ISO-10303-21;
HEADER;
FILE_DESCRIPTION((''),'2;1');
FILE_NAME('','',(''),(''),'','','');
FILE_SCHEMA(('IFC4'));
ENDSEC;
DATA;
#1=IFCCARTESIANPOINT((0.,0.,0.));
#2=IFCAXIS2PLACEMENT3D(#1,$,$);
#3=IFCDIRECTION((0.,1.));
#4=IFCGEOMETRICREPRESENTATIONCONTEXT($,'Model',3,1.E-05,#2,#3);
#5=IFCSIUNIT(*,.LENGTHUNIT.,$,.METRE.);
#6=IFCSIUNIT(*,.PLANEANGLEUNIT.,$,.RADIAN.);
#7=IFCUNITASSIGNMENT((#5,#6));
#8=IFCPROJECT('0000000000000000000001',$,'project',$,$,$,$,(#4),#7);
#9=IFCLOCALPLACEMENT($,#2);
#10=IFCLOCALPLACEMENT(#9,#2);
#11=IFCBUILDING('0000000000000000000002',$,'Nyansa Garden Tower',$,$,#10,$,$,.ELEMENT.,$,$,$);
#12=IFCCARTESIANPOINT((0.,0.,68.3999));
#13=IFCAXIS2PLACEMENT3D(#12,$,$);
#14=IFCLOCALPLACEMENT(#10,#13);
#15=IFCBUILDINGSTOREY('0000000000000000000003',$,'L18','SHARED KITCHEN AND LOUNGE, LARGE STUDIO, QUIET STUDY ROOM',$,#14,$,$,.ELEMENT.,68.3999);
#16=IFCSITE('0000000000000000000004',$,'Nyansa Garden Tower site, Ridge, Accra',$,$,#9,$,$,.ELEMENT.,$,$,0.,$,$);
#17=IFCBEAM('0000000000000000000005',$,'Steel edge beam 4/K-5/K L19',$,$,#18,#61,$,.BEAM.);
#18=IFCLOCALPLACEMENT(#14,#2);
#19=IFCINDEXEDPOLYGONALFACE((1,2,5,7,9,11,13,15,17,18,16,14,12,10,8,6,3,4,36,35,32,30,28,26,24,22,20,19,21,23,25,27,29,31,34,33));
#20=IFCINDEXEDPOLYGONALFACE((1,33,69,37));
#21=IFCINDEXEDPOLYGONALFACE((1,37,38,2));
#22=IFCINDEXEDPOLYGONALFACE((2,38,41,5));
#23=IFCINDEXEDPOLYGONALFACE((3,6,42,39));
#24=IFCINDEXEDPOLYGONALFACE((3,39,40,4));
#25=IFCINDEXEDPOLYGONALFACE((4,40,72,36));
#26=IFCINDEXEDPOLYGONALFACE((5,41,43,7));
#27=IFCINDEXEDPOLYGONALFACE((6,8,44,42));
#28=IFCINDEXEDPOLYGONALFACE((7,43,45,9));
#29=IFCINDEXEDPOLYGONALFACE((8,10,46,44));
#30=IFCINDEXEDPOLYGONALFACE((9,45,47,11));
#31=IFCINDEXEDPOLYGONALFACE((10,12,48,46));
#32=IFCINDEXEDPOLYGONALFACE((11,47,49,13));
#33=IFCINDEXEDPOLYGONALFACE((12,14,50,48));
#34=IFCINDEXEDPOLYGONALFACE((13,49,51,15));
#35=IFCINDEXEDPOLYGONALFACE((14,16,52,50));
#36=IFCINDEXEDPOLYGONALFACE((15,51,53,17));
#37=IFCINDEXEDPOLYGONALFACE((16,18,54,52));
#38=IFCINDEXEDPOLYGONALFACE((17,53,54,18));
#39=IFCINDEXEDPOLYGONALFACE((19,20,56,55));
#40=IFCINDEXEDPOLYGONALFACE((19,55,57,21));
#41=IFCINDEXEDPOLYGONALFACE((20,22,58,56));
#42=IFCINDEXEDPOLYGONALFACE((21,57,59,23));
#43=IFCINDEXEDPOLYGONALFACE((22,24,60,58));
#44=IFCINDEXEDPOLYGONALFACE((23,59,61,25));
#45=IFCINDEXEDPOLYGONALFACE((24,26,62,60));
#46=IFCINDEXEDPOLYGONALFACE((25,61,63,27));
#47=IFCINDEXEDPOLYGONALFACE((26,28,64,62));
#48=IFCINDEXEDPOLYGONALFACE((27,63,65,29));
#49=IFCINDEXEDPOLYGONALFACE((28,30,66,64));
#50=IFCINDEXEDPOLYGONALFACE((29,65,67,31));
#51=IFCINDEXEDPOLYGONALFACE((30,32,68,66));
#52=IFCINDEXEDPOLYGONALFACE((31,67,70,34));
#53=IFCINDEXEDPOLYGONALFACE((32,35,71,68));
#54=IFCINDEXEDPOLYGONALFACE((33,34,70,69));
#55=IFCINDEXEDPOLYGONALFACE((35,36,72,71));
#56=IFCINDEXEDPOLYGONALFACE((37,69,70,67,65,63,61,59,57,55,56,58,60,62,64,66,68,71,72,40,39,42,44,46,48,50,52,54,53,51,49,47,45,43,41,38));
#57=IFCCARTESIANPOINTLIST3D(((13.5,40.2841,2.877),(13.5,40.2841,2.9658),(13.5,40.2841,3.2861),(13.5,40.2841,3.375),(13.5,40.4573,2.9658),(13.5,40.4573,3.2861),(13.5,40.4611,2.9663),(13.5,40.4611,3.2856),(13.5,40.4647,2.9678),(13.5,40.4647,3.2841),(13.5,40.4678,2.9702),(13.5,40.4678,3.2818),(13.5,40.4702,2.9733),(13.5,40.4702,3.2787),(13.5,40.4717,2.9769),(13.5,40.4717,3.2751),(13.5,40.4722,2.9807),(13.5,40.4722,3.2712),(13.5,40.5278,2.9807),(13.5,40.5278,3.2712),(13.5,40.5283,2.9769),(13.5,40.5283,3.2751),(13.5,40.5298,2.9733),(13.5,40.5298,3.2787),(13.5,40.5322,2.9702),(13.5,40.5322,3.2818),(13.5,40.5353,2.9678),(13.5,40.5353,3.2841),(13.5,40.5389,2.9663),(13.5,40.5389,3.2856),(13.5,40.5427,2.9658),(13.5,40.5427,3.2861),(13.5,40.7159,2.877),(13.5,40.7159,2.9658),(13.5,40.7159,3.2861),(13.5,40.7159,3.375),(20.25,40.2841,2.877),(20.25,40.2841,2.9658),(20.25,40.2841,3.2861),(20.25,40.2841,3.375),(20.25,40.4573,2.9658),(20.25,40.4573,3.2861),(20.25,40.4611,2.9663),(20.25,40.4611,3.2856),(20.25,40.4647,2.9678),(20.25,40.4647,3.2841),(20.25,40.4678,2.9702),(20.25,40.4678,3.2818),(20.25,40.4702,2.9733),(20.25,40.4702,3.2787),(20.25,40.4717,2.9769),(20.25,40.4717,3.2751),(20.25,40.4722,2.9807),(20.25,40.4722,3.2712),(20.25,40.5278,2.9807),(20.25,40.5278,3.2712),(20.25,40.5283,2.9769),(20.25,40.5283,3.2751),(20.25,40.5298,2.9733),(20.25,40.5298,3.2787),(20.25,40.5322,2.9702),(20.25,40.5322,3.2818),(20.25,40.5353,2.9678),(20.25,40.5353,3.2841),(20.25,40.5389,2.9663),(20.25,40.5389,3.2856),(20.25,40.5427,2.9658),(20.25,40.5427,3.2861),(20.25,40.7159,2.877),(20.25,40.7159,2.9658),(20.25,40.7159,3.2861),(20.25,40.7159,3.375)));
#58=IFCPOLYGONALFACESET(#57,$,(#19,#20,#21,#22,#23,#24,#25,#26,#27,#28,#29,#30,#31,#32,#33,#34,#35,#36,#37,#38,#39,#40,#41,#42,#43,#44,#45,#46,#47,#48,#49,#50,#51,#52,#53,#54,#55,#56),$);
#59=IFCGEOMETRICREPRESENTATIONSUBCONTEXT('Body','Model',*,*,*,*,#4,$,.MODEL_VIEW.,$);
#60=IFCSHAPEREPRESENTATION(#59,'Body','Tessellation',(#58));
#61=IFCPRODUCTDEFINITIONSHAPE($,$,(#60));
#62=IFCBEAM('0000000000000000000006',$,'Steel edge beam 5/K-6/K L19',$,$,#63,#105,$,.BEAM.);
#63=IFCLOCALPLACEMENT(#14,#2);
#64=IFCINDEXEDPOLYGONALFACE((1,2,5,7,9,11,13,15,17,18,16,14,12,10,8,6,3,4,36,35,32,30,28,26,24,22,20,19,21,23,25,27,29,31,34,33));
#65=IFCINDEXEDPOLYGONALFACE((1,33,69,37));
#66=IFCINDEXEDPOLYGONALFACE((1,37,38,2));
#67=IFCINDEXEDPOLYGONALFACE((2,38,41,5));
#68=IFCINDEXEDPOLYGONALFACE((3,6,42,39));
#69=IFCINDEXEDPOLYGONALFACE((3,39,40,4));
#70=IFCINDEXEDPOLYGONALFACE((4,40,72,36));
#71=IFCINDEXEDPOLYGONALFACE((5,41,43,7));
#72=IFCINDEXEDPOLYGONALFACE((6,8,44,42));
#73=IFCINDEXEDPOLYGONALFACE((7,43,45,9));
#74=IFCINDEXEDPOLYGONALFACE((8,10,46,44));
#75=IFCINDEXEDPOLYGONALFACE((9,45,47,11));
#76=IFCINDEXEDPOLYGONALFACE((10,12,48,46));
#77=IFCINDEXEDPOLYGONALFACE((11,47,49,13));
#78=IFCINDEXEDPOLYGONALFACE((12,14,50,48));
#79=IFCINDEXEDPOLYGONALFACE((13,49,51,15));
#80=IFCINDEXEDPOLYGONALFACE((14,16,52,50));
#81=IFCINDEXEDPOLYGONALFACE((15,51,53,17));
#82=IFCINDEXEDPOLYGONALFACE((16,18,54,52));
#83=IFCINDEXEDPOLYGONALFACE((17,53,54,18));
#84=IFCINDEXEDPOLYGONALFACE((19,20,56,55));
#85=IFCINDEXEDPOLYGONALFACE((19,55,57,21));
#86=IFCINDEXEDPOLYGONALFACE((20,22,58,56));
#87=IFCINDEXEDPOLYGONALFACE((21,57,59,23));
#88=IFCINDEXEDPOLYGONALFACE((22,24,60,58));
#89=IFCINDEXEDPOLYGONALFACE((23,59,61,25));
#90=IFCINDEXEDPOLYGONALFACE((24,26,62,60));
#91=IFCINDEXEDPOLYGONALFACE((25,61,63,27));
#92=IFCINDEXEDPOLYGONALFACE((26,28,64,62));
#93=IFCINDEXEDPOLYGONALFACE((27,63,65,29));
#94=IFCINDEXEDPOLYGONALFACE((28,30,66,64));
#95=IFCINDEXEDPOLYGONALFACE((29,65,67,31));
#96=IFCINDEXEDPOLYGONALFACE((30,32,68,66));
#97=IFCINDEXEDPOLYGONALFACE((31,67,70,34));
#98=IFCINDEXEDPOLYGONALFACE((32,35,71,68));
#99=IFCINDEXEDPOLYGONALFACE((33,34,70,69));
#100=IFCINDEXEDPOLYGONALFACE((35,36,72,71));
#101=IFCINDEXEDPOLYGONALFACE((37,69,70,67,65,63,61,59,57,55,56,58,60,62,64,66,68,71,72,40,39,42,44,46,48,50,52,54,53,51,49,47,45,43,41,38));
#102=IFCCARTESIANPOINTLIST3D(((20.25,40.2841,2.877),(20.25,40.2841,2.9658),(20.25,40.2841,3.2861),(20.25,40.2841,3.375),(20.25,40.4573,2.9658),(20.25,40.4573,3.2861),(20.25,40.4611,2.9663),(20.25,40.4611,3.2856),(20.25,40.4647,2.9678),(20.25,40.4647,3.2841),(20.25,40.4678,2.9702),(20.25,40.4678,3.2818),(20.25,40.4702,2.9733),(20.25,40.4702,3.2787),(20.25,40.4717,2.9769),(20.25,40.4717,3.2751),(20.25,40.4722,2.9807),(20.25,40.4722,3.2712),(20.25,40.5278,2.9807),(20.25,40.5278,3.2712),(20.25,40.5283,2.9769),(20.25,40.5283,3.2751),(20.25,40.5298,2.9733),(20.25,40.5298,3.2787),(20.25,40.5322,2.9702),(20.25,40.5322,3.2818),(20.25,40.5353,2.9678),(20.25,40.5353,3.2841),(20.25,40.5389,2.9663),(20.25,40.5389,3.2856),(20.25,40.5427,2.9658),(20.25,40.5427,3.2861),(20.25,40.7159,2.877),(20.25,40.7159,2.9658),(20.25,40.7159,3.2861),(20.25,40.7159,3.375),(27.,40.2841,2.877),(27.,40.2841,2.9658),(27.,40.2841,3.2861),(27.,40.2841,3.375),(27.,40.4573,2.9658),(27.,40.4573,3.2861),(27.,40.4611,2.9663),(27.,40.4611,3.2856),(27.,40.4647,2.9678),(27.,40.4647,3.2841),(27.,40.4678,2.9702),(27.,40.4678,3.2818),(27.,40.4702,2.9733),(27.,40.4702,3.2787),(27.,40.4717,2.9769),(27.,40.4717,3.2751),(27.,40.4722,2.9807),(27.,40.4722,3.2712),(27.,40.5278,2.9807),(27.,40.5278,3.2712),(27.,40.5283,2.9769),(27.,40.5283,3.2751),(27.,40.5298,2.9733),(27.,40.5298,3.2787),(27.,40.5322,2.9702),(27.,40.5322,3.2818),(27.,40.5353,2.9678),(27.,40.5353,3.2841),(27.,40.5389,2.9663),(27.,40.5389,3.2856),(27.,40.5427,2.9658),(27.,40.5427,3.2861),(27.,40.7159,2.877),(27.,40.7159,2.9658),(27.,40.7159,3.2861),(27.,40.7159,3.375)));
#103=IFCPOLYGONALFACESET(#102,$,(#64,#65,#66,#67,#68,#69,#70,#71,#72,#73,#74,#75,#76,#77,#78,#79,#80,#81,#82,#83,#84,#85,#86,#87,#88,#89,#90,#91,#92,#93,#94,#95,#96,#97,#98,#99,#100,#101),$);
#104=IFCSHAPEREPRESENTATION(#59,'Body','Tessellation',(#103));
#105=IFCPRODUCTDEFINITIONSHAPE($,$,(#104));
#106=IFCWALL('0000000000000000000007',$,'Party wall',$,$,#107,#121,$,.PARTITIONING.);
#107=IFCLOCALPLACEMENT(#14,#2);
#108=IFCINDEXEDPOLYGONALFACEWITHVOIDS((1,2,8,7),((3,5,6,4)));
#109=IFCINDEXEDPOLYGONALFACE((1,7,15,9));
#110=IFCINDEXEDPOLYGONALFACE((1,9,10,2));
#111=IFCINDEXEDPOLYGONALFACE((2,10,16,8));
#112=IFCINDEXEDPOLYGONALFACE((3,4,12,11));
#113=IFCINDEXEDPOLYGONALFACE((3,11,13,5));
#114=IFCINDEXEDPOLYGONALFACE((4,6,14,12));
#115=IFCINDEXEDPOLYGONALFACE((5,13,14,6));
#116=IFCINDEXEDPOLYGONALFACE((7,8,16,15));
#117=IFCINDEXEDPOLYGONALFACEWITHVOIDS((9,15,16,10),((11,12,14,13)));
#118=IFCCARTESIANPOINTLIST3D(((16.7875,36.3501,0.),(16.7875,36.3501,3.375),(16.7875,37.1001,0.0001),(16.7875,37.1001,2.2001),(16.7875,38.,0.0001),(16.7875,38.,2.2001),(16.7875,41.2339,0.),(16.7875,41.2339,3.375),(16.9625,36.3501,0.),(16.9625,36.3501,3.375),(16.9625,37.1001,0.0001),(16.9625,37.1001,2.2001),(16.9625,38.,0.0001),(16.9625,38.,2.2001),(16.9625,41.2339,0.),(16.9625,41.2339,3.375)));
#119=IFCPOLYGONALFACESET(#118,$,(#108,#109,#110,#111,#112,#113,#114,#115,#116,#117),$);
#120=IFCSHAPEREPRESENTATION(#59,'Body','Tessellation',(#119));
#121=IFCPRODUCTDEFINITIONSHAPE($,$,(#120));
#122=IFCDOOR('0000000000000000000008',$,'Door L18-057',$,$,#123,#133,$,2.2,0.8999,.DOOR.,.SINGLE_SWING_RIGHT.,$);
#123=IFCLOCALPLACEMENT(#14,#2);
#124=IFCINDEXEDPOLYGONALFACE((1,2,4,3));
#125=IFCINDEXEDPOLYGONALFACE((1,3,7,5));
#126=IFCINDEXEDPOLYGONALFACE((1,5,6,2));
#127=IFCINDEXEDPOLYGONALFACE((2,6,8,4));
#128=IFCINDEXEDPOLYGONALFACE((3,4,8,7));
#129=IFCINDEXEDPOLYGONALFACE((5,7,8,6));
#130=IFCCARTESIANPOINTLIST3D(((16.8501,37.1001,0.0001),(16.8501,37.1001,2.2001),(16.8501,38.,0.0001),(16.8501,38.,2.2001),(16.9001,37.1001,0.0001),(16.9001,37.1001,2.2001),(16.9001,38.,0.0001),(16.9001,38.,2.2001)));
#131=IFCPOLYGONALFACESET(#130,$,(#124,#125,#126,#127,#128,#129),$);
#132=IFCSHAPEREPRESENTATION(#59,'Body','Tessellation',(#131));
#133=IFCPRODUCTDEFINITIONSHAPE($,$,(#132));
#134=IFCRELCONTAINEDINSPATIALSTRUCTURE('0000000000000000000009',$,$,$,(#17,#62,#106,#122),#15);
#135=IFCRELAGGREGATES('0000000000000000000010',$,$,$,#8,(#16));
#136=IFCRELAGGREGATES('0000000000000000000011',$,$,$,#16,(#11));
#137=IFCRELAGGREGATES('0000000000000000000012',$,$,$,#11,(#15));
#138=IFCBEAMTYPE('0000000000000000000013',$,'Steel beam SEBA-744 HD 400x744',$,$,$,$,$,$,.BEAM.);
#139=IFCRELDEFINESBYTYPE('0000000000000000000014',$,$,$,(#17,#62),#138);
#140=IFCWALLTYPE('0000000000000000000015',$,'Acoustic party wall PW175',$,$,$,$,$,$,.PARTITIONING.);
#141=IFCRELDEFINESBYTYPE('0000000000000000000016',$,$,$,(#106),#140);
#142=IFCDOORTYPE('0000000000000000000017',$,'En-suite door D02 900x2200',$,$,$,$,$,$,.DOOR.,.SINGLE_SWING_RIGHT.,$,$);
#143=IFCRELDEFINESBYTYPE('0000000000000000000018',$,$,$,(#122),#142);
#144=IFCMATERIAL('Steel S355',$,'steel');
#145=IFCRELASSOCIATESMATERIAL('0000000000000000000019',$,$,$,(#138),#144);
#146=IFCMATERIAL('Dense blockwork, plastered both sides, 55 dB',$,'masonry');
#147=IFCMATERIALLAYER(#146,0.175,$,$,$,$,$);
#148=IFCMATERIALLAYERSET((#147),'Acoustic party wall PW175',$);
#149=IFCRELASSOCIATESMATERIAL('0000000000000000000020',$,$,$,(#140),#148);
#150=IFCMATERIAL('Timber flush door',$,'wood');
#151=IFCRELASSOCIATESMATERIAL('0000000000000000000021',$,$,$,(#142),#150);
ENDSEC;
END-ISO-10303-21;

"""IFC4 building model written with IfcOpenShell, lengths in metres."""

from ifc_helpers import new_model, si_unit, direction, frame, frame_2d, origin, origin_2d, place, context, subcontext, project, spatial, rectangle, i_section, extrude, material, layer, layer_set, material_profile, profile_set, type_object, element, fill, save


model = new_model("IFC4")

# Units and contexts
model_context = context("Model", 3, precision=1e-05, world=origin(), true_north=direction((0.0, 1.0)))
body_context = subcontext(model_context, "Body", "Model", "MODEL_VIEW")
ifc_project = project(units=[si_unit("LENGTHUNIT", "METRE"), si_unit("PLANEANGLEUNIT", "RADIAN")], contexts=[model_context])

# Site, building, storey
site_placement = place(None, origin())
site = spatial("IfcSite", under=ifc_project, at=site_placement, Name="Nyansa Garden Tower site, Ridge, Accra", CompositionType="ELEMENT", RefElevation=0.0)
building_placement = place(site_placement, origin())
building = spatial("IfcBuilding", under=site, at=building_placement, Name="Nyansa Garden Tower", CompositionType="ELEMENT")
storey_placement = place(building_placement, frame((0.0, 0.0, 68.3999)))
storey = spatial("IfcBuildingStorey", under=building, at=storey_placement, Name="L18", Description="SHARED KITCHEN AND LOUNGE, LARGE STUDIO, QUIET STUDY ROOM", CompositionType="ELEMENT", Elevation=68.3999)

# Beams
ifc_material_1 = material(Name="Steel S355", Category="steel")
ifc_material_profile_1 = material_profile(ifc_material_1, i_section(OverallWidth=0.4319, OverallDepth=0.498, WebThickness=0.0557, FlangeThickness=0.0889, FilletRadius=0.0149, at=origin_2d()), Name="HD 400x744")
ifc_profile_set_1 = profile_set([ifc_material_profile_1], Name="Steel S355")
beam_type_1 = type_object("IfcBeamType", Name="Steel beam SEBA-744 HD 400x744", PredefinedType="BEAM", material=ifc_profile_set_1)
for number, where, z_axis, x_axis, name in (
    (1, (13.5, 40.5, 3.126), (1.0, 0.0, 0.0), (0.0, 1.0, 0.0), "Steel edge beam 4/K-5/K L19"),
    (2, (20.25, 40.5, 3.126), (1.0, 0.0, 0.0), (0.0, 1.0, 0.0), "Steel edge beam 5/K-6/K L19"),
):
    element("IfcBeam", number, at=place(storey_placement, frame(where, z_axis=z_axis, x_axis=x_axis)), inside=storey, type_object=beam_type_1, Name=name, PredefinedType="BEAM", context=body_context, shape_type="SweptSolid", body=[
        extrude(i_section(OverallWidth=0.4319, OverallDepth=0.498, WebThickness=0.0557, FlangeThickness=0.0889, FilletRadius=0.0149, at=origin_2d()), origin(), (0.0, 0.0, 1.0), 6.75),
    ])

# Wall, opening, door
ifc_material_2 = material(Name="Dense blockwork, plastered both sides, 55 dB", Category="masonry")
ifc_layer_1 = layer(ifc_material_2, 0.175)
ifc_layer_set_1 = layer_set([ifc_layer_1], Name="Acoustic party wall PW175")
wall_type_1 = type_object("IfcWallType", Name="Acoustic party wall PW175", PredefinedType="PARTITIONING", material=ifc_layer_set_1)
wall_1_placement = place(storey_placement, frame((16.875, 36.3501, 0.0), z_axis=(0.0, 0.0, 1.0), x_axis=(0.0, 1.0, 0.0)))
wall_1 = element("IfcWall", 3, at=wall_1_placement, inside=storey, type_object=wall_type_1, Name="Party wall", PredefinedType="PARTITIONING", context=body_context, shape_type="SweptSolid", body=[
    extrude(rectangle(XDim=4.8838, YDim=0.175, at=frame_2d((2.4419, 0.0))), origin(), (0.0, 0.0, 1.0), 3.375),
])
opening_1_placement = place(wall_1_placement, frame((0.75, 0.0, 0.0)))
opening_1 = element("IfcOpeningElement", 4, at=opening_1_placement, cuts=wall_1, PredefinedType="OPENING", context=body_context, shape_type="SweptSolid", body=[
    extrude(rectangle(XDim=0.8999, YDim=2.2, at=frame_2d((0.45, 1.1001))), frame((0.0, 0.0974, 0.0), z_axis=(0.0, -1.0, 0.0), x_axis=(1.0, 0.0, 0.0)), (0.0, 0.0, 1.0), 0.1951),
])
ifc_material_3 = material(Name="Timber flush door", Category="wood")
door_type_1 = type_object("IfcDoorType", Name="En-suite door D02 900x2200", OperationType="SINGLE_SWING_RIGHT", PredefinedType="DOOR", material=ifc_material_3)
door_1_placement = place(opening_1_placement, origin())
door_1 = element("IfcDoor", 5, at=door_1_placement, inside=storey, type_object=door_type_1, Name="Door L18-057", OperationType="SINGLE_SWING_RIGHT", OverallHeight=2.2, OverallWidth=0.8999, PredefinedType="DOOR", context=body_context, shape_type="SweptSolid", body=[
    extrude(rectangle(XDim=0.8999, YDim=2.2, at=frame_2d((0.45, 1.1001))), frame((0.0, 0.0249, 0.0), z_axis=(0.0, -1.0, 0.0), x_axis=(1.0, 0.0, 0.0)), (0.0, 0.0, 1.0), 0.05),
])
fill(opening_1, door_1)

save(model, "model.ifc")
